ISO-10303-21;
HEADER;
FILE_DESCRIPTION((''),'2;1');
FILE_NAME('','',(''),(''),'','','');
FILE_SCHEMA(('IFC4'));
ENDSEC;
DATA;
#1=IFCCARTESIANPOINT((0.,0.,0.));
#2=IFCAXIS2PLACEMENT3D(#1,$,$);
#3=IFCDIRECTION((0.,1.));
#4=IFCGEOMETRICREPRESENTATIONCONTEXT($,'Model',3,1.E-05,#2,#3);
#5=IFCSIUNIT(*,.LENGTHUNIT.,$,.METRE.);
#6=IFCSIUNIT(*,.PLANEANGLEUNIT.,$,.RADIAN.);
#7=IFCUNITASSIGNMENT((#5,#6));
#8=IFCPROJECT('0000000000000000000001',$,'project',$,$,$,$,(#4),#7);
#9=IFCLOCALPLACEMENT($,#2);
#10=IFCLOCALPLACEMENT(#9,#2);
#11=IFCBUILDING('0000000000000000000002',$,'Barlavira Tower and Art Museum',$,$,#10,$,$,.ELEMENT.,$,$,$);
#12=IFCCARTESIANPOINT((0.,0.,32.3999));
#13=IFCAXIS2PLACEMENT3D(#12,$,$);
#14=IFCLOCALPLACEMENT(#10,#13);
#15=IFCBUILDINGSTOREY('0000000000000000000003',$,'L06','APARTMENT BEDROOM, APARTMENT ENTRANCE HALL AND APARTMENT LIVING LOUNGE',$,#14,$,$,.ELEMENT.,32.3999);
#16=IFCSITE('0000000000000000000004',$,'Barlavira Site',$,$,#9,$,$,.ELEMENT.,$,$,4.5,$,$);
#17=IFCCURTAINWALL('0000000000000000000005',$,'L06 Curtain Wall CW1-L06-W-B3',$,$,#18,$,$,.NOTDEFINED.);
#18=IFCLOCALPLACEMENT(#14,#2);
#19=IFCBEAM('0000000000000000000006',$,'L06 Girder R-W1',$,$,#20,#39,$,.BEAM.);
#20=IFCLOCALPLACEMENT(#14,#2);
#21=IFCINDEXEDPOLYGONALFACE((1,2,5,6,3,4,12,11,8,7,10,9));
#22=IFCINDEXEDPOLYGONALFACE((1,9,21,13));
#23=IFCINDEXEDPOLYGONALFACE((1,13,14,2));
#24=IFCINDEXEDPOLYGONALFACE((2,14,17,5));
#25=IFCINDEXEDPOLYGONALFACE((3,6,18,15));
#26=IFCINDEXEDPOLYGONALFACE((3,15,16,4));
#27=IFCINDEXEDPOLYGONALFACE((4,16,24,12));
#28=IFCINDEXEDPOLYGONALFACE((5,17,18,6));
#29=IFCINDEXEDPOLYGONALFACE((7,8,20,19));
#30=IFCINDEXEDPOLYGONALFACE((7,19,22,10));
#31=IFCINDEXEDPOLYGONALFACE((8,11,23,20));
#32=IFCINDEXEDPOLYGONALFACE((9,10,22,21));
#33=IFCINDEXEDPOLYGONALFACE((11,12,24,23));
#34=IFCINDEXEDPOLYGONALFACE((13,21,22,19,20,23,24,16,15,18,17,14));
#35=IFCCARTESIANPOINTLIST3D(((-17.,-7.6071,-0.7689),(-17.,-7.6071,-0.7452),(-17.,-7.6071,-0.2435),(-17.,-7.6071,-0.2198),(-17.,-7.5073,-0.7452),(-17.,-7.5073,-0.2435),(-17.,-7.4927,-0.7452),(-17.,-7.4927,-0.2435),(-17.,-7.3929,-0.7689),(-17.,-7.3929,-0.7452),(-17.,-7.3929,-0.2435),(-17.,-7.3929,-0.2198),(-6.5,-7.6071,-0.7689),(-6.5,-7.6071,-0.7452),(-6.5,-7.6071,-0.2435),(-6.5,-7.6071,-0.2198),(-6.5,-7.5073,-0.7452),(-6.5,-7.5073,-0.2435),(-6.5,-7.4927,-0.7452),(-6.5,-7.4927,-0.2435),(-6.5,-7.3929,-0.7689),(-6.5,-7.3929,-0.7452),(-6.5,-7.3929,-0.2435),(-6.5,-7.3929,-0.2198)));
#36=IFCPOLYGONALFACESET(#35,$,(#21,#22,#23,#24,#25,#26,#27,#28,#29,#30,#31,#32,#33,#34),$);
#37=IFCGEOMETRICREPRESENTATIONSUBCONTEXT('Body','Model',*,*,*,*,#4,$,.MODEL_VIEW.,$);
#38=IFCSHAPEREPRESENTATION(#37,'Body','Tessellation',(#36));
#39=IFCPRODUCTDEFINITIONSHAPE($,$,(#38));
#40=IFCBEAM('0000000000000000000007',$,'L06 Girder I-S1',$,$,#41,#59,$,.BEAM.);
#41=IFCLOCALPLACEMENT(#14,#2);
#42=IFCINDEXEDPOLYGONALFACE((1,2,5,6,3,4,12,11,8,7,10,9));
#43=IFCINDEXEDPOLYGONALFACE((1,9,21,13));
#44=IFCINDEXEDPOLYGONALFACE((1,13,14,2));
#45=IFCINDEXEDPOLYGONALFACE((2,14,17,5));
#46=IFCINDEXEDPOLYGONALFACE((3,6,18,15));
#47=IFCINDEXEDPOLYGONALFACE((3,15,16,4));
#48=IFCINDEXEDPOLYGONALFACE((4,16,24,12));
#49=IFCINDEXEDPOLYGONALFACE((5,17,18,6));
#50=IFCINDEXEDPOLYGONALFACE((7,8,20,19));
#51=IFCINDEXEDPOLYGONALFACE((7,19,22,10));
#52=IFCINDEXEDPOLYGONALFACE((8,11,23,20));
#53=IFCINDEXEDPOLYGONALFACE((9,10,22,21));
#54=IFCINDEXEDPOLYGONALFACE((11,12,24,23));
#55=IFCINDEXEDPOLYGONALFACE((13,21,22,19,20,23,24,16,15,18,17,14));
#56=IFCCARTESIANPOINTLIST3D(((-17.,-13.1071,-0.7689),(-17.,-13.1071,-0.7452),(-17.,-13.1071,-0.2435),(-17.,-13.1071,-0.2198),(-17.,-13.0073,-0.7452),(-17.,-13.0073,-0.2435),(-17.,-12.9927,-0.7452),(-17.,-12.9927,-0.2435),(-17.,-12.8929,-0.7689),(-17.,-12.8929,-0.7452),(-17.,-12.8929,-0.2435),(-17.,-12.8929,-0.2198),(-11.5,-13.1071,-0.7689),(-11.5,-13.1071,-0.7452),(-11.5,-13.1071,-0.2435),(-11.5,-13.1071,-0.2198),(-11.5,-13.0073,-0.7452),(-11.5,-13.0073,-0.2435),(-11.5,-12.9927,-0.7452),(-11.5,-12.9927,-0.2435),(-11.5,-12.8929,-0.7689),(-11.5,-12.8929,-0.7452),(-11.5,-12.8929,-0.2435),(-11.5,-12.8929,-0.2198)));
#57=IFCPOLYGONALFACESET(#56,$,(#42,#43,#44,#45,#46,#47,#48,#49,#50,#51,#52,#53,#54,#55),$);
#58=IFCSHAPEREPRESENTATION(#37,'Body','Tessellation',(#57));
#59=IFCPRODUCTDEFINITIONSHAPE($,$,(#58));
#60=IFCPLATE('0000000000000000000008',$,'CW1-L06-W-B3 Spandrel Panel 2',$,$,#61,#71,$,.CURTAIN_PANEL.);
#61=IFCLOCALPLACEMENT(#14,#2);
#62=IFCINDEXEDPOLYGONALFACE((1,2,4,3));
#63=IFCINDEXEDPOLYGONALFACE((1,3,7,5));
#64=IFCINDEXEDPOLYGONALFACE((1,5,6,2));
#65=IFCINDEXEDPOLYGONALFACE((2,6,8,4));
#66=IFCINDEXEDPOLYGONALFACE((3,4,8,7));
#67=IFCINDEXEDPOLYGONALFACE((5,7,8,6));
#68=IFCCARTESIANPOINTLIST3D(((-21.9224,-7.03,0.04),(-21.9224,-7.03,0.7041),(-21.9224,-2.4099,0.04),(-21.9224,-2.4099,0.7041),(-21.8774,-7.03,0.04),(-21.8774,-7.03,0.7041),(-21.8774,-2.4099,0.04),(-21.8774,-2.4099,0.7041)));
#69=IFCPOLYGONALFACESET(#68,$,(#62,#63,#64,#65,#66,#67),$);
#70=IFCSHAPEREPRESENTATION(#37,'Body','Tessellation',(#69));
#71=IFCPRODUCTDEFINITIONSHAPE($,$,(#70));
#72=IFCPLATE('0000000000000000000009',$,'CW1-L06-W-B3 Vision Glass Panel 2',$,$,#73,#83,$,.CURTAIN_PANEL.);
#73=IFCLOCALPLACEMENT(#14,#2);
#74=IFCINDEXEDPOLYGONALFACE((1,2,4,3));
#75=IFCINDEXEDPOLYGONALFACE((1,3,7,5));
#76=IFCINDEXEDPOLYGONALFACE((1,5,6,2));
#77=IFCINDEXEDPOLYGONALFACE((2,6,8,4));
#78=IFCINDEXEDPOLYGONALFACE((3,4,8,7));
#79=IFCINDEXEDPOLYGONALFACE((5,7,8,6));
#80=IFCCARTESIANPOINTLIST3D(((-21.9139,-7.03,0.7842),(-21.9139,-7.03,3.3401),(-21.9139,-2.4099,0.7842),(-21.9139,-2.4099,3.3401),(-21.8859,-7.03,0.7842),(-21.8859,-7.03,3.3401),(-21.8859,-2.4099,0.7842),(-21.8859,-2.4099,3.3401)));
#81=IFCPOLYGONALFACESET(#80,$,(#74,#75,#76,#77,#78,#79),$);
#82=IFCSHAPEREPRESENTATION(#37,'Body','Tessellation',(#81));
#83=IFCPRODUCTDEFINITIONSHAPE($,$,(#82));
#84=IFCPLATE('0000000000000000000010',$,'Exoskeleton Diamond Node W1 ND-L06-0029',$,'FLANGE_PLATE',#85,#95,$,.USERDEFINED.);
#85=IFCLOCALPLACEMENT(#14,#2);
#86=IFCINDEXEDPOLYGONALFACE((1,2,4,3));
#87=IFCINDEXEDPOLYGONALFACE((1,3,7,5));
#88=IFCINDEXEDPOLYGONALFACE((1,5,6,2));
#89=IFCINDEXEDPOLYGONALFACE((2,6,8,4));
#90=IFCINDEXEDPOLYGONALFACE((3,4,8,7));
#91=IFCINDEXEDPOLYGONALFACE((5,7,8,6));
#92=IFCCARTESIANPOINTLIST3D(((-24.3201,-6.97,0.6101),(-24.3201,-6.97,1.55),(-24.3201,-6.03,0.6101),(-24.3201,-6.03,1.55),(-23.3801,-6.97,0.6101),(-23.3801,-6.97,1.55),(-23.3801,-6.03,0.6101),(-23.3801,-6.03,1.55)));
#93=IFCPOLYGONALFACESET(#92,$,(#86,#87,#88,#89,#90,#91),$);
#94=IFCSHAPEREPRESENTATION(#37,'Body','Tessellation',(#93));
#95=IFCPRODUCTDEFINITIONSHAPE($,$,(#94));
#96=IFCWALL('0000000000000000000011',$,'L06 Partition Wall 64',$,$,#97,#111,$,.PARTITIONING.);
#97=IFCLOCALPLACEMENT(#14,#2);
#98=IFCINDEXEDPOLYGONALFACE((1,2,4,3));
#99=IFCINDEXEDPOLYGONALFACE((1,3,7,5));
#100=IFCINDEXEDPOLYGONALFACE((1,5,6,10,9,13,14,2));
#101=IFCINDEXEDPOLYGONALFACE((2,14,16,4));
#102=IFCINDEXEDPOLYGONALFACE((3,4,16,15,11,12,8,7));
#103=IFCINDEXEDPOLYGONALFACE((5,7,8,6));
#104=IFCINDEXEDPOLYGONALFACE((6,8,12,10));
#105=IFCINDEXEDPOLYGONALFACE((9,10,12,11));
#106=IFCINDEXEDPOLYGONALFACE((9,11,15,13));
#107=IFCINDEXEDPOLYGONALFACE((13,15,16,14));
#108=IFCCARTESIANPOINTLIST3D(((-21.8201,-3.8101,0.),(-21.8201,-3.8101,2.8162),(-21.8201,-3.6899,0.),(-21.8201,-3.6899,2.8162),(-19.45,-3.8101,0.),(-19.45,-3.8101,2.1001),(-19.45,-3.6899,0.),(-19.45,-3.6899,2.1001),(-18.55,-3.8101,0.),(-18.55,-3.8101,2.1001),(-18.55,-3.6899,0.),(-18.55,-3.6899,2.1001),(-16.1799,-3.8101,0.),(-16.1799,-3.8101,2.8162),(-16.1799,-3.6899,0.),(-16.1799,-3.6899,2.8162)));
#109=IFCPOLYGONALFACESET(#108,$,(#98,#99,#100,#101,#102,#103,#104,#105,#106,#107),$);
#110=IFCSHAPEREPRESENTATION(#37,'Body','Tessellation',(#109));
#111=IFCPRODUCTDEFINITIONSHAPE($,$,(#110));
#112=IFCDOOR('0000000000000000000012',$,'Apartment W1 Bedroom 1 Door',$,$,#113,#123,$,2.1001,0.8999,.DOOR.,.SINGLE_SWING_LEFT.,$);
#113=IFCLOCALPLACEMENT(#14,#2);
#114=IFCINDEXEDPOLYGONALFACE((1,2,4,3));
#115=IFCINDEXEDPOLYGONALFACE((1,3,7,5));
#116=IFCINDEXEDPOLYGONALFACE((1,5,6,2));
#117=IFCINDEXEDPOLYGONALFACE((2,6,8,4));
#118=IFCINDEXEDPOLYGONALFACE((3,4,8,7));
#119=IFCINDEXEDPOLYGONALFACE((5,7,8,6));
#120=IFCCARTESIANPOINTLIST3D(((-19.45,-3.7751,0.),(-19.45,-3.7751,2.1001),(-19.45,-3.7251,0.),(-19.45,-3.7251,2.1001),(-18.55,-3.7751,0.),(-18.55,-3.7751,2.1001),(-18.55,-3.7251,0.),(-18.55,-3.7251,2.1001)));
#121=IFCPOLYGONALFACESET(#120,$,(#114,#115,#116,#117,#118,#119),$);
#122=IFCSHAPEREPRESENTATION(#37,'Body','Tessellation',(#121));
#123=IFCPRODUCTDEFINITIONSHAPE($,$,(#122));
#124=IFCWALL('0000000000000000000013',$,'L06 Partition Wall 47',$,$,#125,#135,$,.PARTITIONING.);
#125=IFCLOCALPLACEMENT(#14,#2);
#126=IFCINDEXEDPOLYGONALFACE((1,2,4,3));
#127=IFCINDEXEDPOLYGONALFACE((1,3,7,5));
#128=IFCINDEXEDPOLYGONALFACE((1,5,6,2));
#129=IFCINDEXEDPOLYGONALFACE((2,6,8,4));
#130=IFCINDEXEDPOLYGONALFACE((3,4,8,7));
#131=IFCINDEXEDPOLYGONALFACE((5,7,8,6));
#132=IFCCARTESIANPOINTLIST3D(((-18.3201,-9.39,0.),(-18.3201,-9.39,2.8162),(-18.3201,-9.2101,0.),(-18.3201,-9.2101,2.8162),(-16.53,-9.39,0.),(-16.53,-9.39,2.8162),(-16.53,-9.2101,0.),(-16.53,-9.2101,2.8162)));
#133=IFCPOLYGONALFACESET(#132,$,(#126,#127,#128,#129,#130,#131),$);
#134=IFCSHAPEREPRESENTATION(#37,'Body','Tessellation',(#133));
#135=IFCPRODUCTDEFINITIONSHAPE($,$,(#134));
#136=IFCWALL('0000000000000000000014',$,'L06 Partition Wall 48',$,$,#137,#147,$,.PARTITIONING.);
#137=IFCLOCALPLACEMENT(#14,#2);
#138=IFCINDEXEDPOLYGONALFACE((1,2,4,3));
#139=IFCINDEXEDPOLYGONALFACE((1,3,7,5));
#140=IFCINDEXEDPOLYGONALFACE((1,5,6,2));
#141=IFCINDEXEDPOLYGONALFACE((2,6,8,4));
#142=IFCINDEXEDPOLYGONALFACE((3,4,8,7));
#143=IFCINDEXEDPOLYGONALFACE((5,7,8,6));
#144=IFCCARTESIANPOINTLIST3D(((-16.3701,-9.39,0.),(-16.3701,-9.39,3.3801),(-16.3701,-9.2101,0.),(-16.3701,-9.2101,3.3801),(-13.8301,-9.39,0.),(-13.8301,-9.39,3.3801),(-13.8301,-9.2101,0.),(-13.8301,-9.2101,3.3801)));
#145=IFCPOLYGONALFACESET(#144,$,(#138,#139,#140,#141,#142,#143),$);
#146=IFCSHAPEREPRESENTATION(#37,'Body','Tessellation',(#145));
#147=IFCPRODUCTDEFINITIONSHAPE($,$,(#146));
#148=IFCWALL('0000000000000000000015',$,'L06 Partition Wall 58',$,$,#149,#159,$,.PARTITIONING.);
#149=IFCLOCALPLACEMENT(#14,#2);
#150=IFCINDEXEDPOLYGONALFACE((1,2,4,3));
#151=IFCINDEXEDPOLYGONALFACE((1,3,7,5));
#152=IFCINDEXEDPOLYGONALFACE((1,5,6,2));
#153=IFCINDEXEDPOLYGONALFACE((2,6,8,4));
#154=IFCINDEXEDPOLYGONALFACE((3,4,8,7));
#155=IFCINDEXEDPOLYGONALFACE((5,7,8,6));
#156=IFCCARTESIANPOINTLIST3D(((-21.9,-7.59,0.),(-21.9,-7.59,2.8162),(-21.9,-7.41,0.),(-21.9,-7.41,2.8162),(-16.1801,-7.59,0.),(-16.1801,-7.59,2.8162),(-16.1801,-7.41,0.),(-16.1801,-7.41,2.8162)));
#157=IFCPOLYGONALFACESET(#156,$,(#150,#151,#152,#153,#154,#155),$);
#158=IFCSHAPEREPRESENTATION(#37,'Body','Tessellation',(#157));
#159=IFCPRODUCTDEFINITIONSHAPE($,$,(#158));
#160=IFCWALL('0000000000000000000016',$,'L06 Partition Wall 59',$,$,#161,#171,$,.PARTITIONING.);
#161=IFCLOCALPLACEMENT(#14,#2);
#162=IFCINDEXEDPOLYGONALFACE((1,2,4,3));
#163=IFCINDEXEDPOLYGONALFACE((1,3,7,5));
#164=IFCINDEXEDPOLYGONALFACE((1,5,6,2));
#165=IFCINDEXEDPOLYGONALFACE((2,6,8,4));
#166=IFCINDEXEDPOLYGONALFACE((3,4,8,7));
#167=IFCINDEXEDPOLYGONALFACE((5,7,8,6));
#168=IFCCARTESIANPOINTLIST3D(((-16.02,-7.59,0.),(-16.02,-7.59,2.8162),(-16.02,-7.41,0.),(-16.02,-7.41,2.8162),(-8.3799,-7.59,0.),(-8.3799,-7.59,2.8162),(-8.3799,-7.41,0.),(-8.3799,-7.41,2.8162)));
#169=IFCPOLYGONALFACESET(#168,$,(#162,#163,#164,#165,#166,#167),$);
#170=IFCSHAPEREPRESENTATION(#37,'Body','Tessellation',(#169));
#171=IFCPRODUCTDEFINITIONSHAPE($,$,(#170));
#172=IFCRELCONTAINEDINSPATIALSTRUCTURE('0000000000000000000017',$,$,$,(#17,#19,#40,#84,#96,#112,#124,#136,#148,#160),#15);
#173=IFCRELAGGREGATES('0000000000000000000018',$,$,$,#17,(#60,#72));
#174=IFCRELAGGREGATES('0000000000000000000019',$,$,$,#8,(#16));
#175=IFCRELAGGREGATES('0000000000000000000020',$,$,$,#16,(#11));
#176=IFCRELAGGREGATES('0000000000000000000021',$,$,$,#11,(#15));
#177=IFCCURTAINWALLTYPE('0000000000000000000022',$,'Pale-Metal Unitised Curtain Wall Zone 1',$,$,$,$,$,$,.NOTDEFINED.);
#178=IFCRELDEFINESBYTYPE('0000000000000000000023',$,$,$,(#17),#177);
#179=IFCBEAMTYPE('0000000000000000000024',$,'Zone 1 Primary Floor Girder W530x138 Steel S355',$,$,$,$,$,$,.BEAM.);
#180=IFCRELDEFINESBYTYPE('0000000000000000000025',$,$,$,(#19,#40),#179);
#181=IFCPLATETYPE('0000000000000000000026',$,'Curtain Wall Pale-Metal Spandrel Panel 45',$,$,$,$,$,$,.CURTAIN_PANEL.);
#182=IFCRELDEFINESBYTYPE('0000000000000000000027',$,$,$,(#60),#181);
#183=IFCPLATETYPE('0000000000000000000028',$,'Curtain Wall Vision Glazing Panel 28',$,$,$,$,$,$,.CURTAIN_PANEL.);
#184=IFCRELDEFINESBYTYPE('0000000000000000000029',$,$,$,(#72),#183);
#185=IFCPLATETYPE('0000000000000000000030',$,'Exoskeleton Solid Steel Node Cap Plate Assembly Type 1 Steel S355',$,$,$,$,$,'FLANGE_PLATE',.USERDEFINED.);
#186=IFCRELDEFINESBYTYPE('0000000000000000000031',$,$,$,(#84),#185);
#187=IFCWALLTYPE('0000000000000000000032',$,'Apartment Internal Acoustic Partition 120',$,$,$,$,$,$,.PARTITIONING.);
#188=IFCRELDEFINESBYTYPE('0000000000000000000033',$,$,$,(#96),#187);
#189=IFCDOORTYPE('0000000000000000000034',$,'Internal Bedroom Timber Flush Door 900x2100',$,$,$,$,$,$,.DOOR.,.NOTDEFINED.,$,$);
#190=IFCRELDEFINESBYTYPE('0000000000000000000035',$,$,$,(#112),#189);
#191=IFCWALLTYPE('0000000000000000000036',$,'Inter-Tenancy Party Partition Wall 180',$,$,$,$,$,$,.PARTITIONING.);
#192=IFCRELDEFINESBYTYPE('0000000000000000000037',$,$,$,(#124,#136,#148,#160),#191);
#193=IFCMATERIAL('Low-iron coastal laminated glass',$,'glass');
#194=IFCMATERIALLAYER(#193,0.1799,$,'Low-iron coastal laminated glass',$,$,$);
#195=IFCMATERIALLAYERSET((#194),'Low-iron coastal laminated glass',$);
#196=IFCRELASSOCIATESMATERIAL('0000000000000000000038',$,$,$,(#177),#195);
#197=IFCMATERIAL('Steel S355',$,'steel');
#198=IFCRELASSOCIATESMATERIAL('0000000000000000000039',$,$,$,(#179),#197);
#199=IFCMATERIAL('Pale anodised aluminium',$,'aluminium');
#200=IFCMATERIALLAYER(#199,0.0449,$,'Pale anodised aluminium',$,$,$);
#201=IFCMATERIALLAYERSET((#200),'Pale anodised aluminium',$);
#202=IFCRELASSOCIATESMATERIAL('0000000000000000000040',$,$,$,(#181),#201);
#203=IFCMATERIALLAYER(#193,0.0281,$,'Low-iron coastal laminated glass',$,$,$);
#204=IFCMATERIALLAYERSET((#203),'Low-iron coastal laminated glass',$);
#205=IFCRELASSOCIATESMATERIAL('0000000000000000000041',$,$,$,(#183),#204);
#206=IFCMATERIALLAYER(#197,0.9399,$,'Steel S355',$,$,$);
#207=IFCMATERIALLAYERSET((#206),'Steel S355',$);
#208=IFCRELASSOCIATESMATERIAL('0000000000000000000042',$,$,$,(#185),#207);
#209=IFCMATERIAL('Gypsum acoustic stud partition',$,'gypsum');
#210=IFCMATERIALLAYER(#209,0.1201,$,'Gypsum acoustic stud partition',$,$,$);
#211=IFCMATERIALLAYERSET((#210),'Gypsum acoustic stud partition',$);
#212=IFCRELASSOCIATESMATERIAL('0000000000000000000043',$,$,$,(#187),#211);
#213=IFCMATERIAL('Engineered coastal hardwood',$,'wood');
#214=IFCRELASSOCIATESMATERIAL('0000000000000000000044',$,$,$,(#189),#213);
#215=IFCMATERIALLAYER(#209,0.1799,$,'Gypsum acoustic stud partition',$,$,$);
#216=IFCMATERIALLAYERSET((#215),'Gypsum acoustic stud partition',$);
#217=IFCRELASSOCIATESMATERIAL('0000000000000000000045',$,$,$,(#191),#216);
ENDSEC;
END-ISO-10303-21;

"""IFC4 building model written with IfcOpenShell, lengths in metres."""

from ifc_helpers import new_model, si_unit, direction, frame, frame_2d, origin, origin_2d, place, context, subcontext, project, spatial, rectangle, i_section, extrude, material, layer, layer_set, material_profile, profile_set, type_object, element, fill, aggregate, save


model = new_model("IFC4")

# Units and contexts
model_context = context("Model", 3, precision=1e-05, world=origin(), true_north=direction((0.0, 1.0)))
body_context = subcontext(model_context, "Body", "Model", "MODEL_VIEW")
ifc_project = project(units=[si_unit("LENGTHUNIT", "METRE"), si_unit("PLANEANGLEUNIT", "RADIAN")], contexts=[model_context])

# Site, building, storey
site_placement = place(None, origin())
site = spatial("IfcSite", under=ifc_project, at=site_placement, Name="Barlavira Site", CompositionType="ELEMENT", RefElevation=4.5)
building_placement = place(site_placement, origin())
building = spatial("IfcBuilding", under=site, at=building_placement, Name="Barlavira Tower and Art Museum", CompositionType="ELEMENT")
storey_placement = place(building_placement, frame((0.0, 0.0, 32.3999)))
storey = spatial("IfcBuildingStorey", under=building, at=storey_placement, Name="L06", Description="APARTMENT BEDROOM, APARTMENT ENTRANCE HALL AND APARTMENT LIVING LOUNGE", CompositionType="ELEMENT", Elevation=32.3999)

# Curtain wall
ifc_material_1 = material(Name="Low-iron coastal laminated glass", Category="glass")
ifc_layer_1 = layer(ifc_material_1, 0.1799, Name="Low-iron coastal laminated glass")
ifc_layer_set_1 = layer_set([ifc_layer_1], Name="Low-iron coastal laminated glass")
curtain_wall_type = type_object("IfcCurtainWallType", Name="Pale-Metal Unitised Curtain Wall Zone 1", PredefinedType="NOTDEFINED", material=ifc_layer_set_1)
curtain_wall_placement = place(storey_placement, origin())
curtain_wall = element("IfcCurtainWall", 1, at=curtain_wall_placement, inside=storey, type_object=curtain_wall_type, Name="L06 Curtain Wall CW1-L06-W-B3", PredefinedType="NOTDEFINED")
ifc_material_2 = material(Name="Pale anodised aluminium", Category="aluminium")

# Beams
ifc_material_3 = material(Name="Steel S355", Category="steel")
ifc_material_profile_1 = material_profile(ifc_material_3, i_section(OverallWidth=0.2141, OverallDepth=0.5491, WebThickness=0.0146, FlangeThickness=0.0237, at=origin_2d()), Name="W530x138.0")
ifc_profile_set_1 = profile_set([ifc_material_profile_1], Name="Steel S355")
beam_type_1 = type_object("IfcBeamType", Name="Zone 1 Primary Floor Girder W530x138 Steel S355", PredefinedType="BEAM", material=ifc_profile_set_1)
beam_1_placement = place(storey_placement, frame((-17.0, -7.5, -0.4944), z_axis=(1.0, 0.0, 0.0), x_axis=(0.0, 1.0, 0.0)))
element("IfcBeam", 2, at=beam_1_placement, inside=storey, type_object=beam_type_1, Name="L06 Girder R-W1", PredefinedType="BEAM", context=body_context, shape_type="SweptSolid", body=[
    extrude(i_section(OverallWidth=0.2141, OverallDepth=0.5491, WebThickness=0.0146, FlangeThickness=0.0237, at=origin_2d()), origin(), (0.0, 0.0, 1.0), 10.5),
])
beam_2_placement = place(storey_placement, frame((-17.0, -13.0, -0.4944), z_axis=(1.0, 0.0, 0.0), x_axis=(0.0, 1.0, 0.0)))
element("IfcBeam", 3, at=beam_2_placement, inside=storey, type_object=beam_type_1, Name="L06 Girder I-S1", PredefinedType="BEAM", context=body_context, shape_type="SweptSolid", body=[
    extrude(i_section(OverallWidth=0.2141, OverallDepth=0.5491, WebThickness=0.0146, FlangeThickness=0.0237, at=origin_2d()), origin(), (0.0, 0.0, 1.0), 5.5),
])

# Plates
ifc_layer_2 = layer(ifc_material_2, 0.0449, Name="Pale anodised aluminium")
ifc_layer_set_2 = layer_set([ifc_layer_2], Name="Pale anodised aluminium")
plate_type_1 = type_object("IfcPlateType", Name="Curtain Wall Pale-Metal Spandrel Panel 45", PredefinedType="CURTAIN_PANEL", material=ifc_layer_set_2)
plate_1_placement = place(storey_placement, frame((-21.8999, -4.72, 0.04), z_axis=(0.0, 0.0, 1.0), x_axis=(0.0, -1.0, 0.0)))
plate_1 = element("IfcPlate", 4, at=plate_1_placement, type_object=plate_type_1, Name="CW1-L06-W-B3 Spandrel Panel 2", PredefinedType="CURTAIN_PANEL", context=body_context, shape_type="SweptSolid", body=[
    extrude(rectangle(XDim=4.6201, YDim=0.0449, at=origin_2d()), origin(), (0.0, 0.0, 1.0), 0.6641),
])
ifc_layer_3 = layer(ifc_material_1, 0.0281, Name="Low-iron coastal laminated glass")
ifc_layer_set_3 = layer_set([ifc_layer_3], Name="Low-iron coastal laminated glass")
plate_type_2 = type_object("IfcPlateType", Name="Curtain Wall Vision Glazing Panel 28", PredefinedType="CURTAIN_PANEL", material=ifc_layer_set_3)
plate_2_placement = place(storey_placement, frame((-21.8999, -4.72, 0.7842), z_axis=(0.0, 0.0, 1.0), x_axis=(0.0, -1.0, 0.0)))
plate_2 = element("IfcPlate", 5, at=plate_2_placement, type_object=plate_type_2, Name="CW1-L06-W-B3 Vision Glass Panel 2", PredefinedType="CURTAIN_PANEL", context=body_context, shape_type="SweptSolid", body=[
    extrude(rectangle(XDim=4.6201, YDim=0.0281, at=origin_2d()), origin(), (0.0, 0.0, 1.0), 2.5559),
])
aggregate(curtain_wall, [plate_1, plate_2])
ifc_layer_4 = layer(ifc_material_3, 0.9399, Name="Steel S355")
ifc_layer_set_4 = layer_set([ifc_layer_4], Name="Steel S355")
plate_type_3 = type_object("IfcPlateType", Name="Exoskeleton Solid Steel Node Cap Plate Assembly Type 1 Steel S355", ElementType="FLANGE_PLATE", PredefinedType="USERDEFINED", material=ifc_layer_set_4)
plate_3_placement = place(storey_placement, frame((-23.8501, -6.5, 0.6101), z_axis=(0.0, 0.0, 1.0), x_axis=(1.0, 0.0, 0.0)))
element("IfcPlate", 6, at=plate_3_placement, inside=storey, type_object=plate_type_3, Name="Exoskeleton Diamond Node W1 ND-L06-0029", ObjectType="FLANGE_PLATE", PredefinedType="USERDEFINED", context=body_context, shape_type="SweptSolid", body=[
    extrude(rectangle(XDim=0.9399, YDim=0.9399, at=origin_2d()), origin(), (0.0, 0.0, 1.0), 0.9399),
])

# Wall, opening, door
ifc_material_4 = material(Name="Gypsum acoustic stud partition", Category="gypsum")
ifc_layer_5 = layer(ifc_material_4, 0.1201, Name="Gypsum acoustic stud partition")
ifc_layer_set_5 = layer_set([ifc_layer_5], Name="Gypsum acoustic stud partition")
wall_type_1 = type_object("IfcWallType", Name="Apartment Internal Acoustic Partition 120", PredefinedType="PARTITIONING", material=ifc_layer_set_5)
wall_1_placement = place(storey_placement, frame((-21.8201, -3.75, 0.0), z_axis=(0.0, 0.0, 1.0), x_axis=(1.0, 0.0, 0.0)))
wall_1 = element("IfcWall", 7, at=wall_1_placement, inside=storey, type_object=wall_type_1, Name="L06 Partition Wall 64", PredefinedType="PARTITIONING", context=body_context, shape_type="SweptSolid", body=[
    extrude(rectangle(XDim=5.6401, YDim=0.1201, at=frame_2d((2.8201, 0.0))), origin(), (0.0, 0.0, 1.0), 2.8162),
])
opening_1_placement = place(wall_1_placement, frame((2.3701, 0.0, 0.0)))
opening_1 = element("IfcOpeningElement", 8, at=opening_1_placement, cuts=wall_1, PredefinedType="OPENING", context=body_context, shape_type="SweptSolid", body=[
    extrude(rectangle(XDim=0.8999, YDim=2.1001, at=frame_2d((0.45, 1.05))), frame((0.0, 0.0701, 0.0), z_axis=(0.0, -1.0, 0.0), x_axis=(1.0, 0.0, 0.0)), (0.0, 0.0, 1.0), 0.1401),
])
ifc_material_5 = material(Name="Engineered coastal hardwood", Category="wood")
door_type_1 = type_object("IfcDoorType", Name="Internal Bedroom Timber Flush Door 900x2100", OperationType="NOTDEFINED", PredefinedType="DOOR", material=ifc_material_5)
door_1_placement = place(opening_1_placement, origin())
door_1 = element("IfcDoor", 9, at=door_1_placement, inside=storey, type_object=door_type_1, Name="Apartment W1 Bedroom 1 Door", OperationType="SINGLE_SWING_LEFT", OverallHeight=2.1001, OverallWidth=0.8999, PredefinedType="DOOR", context=body_context, shape_type="SweptSolid", body=[
    extrude(rectangle(XDim=0.8999, YDim=2.1001, at=frame_2d((0.45, 1.05))), frame((0.0, 0.0249, 0.0), z_axis=(0.0, -1.0, 0.0), x_axis=(1.0, 0.0, 0.0)), (0.0, 0.0, 1.0), 0.05),
])
fill(opening_1, door_1)

# Walls
ifc_layer_6 = layer(ifc_material_4, 0.1799, Name="Gypsum acoustic stud partition")
ifc_layer_set_6 = layer_set([ifc_layer_6], Name="Gypsum acoustic stud partition")
wall_type_2 = type_object("IfcWallType", Name="Inter-Tenancy Party Partition Wall 180", PredefinedType="PARTITIONING", material=ifc_layer_set_6)
wall_2_placement = place(storey_placement, frame((-18.3201, -9.3, 0.0), z_axis=(0.0, 0.0, 1.0), x_axis=(1.0, 0.0, 0.0)))
element("IfcWall", 10, at=wall_2_placement, inside=storey, type_object=wall_type_2, Name="L06 Partition Wall 47", PredefinedType="PARTITIONING", context=body_context, shape_type="SweptSolid", body=[
    extrude(rectangle(XDim=1.79, YDim=0.1799, at=frame_2d((0.895, 0.0))), origin(), (0.0, 0.0, 1.0), 2.8162),
])
wall_3_placement = place(storey_placement, frame((-16.3701, -9.3, 0.0), z_axis=(0.0, 0.0, 1.0), x_axis=(1.0, 0.0, 0.0)))
element("IfcWall", 11, at=wall_3_placement, inside=storey, type_object=wall_type_2, Name="L06 Partition Wall 48", PredefinedType="PARTITIONING", context=body_context, shape_type="SweptSolid", body=[
    extrude(rectangle(XDim=2.54, YDim=0.1799, at=frame_2d((1.27, 0.0))), origin(), (0.0, 0.0, 1.0), 3.3801),
])
wall_4_placement = place(storey_placement, frame((-21.8999, -7.5, 0.0), z_axis=(0.0, 0.0, 1.0), x_axis=(1.0, 0.0, 0.0)))
element("IfcWall", 12, at=wall_4_placement, inside=storey, type_object=wall_type_2, Name="L06 Partition Wall 58", PredefinedType="PARTITIONING", context=body_context, shape_type="SweptSolid", body=[
    extrude(rectangle(XDim=5.72, YDim=0.1799, at=frame_2d((2.8599, 0.0))), origin(), (0.0, 0.0, 1.0), 2.8162),
])
wall_5_placement = place(storey_placement, frame((-16.02, -7.5, 0.0), z_axis=(0.0, 0.0, 1.0), x_axis=(1.0, 0.0, 0.0)))
element("IfcWall", 13, at=wall_5_placement, inside=storey, type_object=wall_type_2, Name="L06 Partition Wall 59", PredefinedType="PARTITIONING", context=body_context, shape_type="SweptSolid", body=[
    extrude(rectangle(XDim=7.6401, YDim=0.1799, at=frame_2d((3.8201, 0.0))), origin(), (0.0, 0.0, 1.0), 2.8162),
])

save(model, "model.ifc")
